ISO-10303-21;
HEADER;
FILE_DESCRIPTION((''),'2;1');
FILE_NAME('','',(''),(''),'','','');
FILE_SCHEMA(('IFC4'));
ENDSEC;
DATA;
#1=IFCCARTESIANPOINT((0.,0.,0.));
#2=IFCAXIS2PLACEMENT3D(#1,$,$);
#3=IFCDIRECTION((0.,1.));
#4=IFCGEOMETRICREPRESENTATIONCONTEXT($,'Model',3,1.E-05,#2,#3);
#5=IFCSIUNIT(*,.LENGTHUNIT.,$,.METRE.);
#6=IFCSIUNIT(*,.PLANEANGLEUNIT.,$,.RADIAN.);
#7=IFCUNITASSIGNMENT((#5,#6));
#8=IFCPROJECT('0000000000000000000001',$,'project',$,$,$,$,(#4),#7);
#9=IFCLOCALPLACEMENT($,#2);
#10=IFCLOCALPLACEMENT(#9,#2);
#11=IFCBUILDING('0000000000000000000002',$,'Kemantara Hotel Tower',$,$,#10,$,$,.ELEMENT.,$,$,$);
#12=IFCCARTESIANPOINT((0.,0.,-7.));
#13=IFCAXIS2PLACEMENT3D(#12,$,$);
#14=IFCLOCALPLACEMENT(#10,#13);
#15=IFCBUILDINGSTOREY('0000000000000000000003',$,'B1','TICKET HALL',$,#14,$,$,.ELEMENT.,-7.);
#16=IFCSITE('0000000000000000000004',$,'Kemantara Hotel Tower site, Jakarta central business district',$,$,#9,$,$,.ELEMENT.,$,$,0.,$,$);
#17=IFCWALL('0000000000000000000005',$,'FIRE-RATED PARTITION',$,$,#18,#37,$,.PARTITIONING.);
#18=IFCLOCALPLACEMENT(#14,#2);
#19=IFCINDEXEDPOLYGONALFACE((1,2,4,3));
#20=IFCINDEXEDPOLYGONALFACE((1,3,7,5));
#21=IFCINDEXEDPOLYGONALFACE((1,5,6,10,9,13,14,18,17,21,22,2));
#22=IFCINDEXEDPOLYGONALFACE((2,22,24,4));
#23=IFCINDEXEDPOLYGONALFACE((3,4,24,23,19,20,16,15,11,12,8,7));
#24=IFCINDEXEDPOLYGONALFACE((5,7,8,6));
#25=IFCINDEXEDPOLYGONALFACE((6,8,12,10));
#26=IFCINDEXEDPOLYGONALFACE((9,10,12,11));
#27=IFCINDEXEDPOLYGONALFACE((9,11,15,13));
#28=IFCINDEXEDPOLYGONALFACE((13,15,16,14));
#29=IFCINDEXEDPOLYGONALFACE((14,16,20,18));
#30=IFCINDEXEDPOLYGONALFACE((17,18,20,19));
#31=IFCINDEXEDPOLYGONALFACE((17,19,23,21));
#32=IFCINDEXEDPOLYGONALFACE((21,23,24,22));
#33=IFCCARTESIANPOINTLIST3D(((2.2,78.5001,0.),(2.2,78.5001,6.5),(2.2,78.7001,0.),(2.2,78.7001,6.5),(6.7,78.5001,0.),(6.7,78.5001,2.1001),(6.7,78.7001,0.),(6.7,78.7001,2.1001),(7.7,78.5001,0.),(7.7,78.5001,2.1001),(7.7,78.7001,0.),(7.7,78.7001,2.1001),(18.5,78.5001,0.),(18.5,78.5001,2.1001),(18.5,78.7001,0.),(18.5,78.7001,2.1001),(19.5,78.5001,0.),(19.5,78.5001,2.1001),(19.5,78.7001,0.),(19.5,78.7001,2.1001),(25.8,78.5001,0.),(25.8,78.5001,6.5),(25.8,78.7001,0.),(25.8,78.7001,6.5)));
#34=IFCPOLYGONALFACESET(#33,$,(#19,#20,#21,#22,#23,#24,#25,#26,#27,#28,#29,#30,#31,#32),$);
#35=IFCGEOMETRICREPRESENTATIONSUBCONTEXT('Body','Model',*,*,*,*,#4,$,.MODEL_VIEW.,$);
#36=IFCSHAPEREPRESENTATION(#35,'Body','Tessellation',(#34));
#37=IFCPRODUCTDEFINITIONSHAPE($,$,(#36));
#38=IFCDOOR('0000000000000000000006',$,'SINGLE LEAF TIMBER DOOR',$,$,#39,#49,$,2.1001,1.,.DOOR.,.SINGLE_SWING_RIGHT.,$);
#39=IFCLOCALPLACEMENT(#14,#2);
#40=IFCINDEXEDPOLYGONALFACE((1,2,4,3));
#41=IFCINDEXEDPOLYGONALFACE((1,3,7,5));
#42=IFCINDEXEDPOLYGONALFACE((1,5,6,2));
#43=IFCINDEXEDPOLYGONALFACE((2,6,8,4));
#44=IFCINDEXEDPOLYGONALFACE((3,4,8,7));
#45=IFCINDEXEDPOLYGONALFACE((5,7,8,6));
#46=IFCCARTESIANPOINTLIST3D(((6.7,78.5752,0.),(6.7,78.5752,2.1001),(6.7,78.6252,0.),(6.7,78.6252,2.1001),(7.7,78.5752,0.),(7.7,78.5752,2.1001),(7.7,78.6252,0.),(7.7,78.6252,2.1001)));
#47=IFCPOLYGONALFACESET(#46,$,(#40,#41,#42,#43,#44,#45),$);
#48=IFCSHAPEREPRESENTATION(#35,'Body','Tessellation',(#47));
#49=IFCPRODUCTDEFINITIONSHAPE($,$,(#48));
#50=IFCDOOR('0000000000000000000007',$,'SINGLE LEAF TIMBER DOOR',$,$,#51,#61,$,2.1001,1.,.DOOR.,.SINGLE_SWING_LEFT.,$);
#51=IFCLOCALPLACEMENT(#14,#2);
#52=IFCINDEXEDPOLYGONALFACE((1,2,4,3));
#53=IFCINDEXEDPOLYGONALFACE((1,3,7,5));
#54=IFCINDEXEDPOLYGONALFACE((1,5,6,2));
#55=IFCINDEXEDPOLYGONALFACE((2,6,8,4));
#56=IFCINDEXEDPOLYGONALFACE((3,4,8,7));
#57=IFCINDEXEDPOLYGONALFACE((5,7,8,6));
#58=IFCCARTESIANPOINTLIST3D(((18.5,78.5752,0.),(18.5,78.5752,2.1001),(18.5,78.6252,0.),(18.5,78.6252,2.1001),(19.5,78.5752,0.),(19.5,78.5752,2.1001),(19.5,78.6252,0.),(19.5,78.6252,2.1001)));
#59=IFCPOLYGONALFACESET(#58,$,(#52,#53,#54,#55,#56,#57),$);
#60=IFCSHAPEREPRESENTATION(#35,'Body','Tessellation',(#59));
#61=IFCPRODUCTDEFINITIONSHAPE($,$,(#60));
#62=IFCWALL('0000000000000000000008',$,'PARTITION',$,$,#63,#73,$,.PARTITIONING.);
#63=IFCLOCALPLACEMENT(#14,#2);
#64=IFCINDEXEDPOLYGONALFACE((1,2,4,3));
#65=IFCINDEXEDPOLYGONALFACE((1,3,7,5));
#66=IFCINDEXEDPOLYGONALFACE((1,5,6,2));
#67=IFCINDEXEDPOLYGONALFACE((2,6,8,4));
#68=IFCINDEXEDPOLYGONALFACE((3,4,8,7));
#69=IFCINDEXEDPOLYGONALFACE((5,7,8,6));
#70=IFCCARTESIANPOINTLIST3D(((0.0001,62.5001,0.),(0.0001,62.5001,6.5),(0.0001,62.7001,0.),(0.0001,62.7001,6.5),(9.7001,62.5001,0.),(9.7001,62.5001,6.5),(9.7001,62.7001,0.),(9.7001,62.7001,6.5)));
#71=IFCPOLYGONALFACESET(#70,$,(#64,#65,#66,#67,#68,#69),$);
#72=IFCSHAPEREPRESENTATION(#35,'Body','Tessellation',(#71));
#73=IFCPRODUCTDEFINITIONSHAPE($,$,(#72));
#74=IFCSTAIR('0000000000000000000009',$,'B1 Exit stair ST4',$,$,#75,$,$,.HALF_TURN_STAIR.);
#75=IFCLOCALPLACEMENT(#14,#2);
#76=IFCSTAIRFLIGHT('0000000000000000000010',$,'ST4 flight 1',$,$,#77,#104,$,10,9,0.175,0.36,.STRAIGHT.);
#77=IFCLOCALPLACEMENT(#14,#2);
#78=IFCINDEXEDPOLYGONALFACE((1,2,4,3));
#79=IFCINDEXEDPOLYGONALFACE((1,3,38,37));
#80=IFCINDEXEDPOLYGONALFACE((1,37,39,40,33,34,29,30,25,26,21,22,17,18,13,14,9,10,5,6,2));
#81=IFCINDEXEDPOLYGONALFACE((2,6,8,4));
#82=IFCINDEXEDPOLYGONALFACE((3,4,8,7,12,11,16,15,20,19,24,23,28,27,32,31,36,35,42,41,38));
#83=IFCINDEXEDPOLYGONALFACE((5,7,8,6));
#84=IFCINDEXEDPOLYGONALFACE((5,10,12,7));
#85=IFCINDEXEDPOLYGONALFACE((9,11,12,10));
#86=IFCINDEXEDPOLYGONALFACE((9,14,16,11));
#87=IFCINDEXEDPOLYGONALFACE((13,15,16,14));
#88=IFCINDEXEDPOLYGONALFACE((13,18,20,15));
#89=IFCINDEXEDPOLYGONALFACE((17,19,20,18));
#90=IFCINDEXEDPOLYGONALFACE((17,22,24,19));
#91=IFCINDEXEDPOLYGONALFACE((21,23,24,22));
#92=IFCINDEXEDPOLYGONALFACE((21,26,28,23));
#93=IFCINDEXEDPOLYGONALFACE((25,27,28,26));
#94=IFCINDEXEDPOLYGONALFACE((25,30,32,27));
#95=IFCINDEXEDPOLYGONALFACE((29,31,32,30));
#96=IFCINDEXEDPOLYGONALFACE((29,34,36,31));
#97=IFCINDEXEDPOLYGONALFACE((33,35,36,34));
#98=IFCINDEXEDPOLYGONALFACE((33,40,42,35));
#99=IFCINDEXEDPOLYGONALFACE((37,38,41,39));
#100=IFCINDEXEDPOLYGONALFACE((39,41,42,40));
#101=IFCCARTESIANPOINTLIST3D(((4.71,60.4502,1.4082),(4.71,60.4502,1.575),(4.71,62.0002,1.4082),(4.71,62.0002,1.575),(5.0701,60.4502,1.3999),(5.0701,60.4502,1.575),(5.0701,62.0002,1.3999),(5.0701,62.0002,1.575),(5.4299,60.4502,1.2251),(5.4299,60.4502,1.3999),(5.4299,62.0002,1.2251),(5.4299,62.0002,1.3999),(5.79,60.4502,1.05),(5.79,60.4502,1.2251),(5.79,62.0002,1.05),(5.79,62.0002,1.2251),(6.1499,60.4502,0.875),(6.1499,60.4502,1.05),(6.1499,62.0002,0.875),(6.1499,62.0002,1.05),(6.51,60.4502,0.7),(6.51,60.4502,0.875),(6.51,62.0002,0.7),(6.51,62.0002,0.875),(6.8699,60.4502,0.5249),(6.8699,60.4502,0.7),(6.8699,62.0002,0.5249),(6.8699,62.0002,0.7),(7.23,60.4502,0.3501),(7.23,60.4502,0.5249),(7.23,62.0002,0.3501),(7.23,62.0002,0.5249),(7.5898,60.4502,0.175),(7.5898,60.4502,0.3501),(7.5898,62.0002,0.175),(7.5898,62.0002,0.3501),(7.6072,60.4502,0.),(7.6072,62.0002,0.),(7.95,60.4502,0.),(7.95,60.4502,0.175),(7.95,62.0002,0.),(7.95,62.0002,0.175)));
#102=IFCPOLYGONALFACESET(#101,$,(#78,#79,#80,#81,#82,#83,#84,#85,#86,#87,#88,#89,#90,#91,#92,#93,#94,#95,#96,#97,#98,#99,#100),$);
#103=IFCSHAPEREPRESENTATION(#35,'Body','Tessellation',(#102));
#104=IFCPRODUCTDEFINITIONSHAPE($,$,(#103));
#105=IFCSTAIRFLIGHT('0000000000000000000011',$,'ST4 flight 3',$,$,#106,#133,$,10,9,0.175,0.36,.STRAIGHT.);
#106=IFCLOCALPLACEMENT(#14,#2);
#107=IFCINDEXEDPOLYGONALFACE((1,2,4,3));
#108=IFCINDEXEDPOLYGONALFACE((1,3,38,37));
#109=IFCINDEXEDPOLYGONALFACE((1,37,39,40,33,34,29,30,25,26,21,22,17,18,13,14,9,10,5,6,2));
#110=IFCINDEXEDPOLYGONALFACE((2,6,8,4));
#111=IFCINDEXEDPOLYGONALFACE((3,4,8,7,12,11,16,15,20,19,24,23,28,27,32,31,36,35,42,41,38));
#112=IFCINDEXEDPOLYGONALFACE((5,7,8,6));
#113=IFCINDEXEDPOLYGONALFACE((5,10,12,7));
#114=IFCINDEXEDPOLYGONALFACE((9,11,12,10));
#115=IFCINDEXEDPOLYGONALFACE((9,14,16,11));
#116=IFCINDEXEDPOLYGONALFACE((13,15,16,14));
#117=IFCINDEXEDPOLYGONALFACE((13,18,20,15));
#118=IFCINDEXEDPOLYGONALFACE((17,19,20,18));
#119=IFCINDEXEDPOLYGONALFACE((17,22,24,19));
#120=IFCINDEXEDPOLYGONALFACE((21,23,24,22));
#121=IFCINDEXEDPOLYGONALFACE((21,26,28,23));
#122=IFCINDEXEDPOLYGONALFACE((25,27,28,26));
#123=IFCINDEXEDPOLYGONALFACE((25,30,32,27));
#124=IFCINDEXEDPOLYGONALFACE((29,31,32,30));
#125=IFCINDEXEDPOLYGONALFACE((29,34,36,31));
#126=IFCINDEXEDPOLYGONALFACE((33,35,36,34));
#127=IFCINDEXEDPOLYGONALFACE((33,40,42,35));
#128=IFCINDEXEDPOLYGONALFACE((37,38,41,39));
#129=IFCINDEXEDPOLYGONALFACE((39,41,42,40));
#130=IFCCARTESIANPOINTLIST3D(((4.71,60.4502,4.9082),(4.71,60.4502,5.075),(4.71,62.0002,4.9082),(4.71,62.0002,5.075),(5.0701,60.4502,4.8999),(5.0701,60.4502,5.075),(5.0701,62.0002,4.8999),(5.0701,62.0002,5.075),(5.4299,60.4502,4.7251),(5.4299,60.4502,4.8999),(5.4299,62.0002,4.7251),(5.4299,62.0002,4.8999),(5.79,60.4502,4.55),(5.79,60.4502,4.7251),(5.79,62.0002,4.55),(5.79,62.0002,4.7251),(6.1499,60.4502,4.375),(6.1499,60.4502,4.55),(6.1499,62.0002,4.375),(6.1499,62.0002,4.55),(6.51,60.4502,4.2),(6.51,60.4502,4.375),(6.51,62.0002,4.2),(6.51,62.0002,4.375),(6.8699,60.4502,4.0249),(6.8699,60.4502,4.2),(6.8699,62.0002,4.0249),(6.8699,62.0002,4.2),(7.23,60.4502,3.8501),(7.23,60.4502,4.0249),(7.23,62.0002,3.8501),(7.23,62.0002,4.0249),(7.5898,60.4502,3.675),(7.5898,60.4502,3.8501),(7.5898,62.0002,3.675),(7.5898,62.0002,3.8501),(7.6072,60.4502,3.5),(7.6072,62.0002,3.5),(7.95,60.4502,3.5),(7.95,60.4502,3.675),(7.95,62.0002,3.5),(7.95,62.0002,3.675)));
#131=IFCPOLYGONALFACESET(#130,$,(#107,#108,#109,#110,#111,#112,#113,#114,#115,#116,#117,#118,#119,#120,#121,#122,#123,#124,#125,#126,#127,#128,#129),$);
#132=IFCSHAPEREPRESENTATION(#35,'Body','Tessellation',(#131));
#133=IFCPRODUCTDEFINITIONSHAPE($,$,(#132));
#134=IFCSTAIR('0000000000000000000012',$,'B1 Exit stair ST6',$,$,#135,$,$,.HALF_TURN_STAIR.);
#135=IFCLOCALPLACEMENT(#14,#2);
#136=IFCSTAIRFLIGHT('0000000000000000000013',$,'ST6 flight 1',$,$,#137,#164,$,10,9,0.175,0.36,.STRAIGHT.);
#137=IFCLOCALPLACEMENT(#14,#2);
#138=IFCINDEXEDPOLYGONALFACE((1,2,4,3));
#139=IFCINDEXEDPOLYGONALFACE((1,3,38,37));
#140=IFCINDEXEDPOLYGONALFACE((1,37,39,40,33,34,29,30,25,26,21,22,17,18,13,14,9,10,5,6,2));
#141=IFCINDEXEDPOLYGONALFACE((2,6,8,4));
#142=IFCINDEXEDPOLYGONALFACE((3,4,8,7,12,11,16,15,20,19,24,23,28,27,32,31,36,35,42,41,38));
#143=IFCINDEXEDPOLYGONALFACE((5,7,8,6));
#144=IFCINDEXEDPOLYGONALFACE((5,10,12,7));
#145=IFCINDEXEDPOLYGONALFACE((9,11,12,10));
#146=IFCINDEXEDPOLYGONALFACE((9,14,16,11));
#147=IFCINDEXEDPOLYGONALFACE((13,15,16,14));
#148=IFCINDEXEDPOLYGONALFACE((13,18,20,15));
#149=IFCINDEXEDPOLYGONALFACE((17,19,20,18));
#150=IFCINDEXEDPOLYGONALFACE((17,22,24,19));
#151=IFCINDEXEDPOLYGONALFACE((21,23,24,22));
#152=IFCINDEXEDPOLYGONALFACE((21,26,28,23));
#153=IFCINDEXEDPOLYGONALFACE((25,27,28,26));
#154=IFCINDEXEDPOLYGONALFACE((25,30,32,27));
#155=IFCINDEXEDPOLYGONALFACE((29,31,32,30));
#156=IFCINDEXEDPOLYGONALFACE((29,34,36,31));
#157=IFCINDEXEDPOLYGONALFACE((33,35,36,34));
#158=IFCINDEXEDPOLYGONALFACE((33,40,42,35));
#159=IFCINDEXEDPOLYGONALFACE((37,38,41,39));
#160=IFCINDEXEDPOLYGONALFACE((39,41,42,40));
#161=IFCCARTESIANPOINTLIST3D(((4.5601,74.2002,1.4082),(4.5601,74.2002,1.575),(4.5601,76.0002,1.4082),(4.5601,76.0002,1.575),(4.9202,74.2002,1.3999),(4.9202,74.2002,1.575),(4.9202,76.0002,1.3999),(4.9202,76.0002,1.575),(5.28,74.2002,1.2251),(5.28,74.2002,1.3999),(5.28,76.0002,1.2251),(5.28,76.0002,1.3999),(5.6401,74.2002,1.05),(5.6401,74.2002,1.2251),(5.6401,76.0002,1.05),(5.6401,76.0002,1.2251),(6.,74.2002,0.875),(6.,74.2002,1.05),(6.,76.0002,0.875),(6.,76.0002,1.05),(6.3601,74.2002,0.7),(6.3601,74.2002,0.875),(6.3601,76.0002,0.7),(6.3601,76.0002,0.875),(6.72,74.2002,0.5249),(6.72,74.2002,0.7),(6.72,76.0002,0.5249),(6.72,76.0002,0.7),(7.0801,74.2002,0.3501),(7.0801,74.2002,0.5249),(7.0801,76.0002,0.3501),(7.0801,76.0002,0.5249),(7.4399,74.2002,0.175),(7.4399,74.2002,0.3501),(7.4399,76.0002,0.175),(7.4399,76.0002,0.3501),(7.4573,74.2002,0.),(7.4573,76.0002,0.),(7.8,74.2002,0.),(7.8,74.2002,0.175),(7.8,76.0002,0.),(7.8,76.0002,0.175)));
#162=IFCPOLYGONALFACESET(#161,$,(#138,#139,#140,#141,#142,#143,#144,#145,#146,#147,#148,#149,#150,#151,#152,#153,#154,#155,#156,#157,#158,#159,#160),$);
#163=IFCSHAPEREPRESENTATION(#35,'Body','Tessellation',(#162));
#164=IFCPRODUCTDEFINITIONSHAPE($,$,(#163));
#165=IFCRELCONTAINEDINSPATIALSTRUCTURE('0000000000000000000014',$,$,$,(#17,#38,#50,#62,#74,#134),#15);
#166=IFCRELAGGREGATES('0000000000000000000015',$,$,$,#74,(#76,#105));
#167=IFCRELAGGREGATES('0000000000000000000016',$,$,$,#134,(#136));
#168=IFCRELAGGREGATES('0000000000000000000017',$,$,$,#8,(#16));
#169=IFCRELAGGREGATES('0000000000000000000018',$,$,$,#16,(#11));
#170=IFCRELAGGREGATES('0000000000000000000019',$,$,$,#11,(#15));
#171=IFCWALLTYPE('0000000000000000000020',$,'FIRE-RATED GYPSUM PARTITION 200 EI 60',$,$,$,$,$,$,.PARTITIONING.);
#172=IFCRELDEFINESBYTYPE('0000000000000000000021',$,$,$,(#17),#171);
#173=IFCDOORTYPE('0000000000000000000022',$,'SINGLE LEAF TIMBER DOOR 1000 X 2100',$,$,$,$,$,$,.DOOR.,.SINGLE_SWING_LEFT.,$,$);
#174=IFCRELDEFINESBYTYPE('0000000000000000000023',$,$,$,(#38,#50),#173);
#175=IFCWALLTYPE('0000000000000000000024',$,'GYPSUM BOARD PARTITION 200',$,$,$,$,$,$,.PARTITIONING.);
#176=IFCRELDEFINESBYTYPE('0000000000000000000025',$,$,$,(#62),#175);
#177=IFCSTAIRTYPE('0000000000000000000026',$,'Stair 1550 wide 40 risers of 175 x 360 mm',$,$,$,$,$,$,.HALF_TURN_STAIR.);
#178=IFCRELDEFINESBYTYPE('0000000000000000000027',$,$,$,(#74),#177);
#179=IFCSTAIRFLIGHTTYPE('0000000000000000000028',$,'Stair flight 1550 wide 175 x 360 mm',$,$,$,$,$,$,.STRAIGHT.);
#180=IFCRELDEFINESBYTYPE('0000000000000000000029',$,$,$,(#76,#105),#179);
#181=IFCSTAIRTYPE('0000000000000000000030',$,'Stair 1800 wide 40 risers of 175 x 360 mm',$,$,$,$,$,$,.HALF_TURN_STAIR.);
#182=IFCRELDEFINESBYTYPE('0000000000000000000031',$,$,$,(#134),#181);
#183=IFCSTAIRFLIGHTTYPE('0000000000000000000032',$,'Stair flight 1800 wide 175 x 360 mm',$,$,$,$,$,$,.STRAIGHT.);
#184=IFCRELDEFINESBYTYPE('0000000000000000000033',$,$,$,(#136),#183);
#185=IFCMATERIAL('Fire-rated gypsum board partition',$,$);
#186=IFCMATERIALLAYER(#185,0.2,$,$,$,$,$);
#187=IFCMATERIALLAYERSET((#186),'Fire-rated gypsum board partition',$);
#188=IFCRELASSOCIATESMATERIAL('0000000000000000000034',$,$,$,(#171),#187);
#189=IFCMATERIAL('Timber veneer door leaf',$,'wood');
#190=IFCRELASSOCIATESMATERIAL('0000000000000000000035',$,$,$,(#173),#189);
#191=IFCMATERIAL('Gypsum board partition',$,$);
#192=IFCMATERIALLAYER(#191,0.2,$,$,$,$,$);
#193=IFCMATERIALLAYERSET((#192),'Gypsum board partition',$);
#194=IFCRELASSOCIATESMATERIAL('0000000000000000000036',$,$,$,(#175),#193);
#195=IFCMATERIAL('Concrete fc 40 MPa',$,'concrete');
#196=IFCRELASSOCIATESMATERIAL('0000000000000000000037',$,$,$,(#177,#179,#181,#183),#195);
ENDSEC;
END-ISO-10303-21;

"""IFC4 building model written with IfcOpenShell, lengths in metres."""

from ifc_helpers import new_model, si_unit, direction, frame, frame_2d, origin, place, context, subcontext, project, spatial, polyline, rectangle, outline, extrude, material, layer, layer_set, type_object, element, fill, aggregate, save


model = new_model("IFC4")

# Units and contexts
model_context = context("Model", 3, precision=1e-05, world=origin(), true_north=direction((0.0, 1.0)))
body_context = subcontext(model_context, "Body", "Model", "MODEL_VIEW")
ifc_project = project(units=[si_unit("LENGTHUNIT", "METRE"), si_unit("PLANEANGLEUNIT", "RADIAN")], contexts=[model_context])

# Site, building, storey
site_placement = place(None, origin())
site = spatial("IfcSite", under=ifc_project, at=site_placement, Name="Kemantara Hotel Tower site, Jakarta central business district", CompositionType="ELEMENT", RefElevation=0.0)
building_placement = place(site_placement, origin())
building = spatial("IfcBuilding", under=site, at=building_placement, Name="Kemantara Hotel Tower", CompositionType="ELEMENT")
storey_placement = place(building_placement, frame((0.0, 0.0, -7.0)))
storey = spatial("IfcBuildingStorey", under=building, at=storey_placement, Name="B1", Description="TICKET HALL", CompositionType="ELEMENT", Elevation=-7.0)

# Shared definitions
ifc_material_1 = material(Name="Concrete fc 40 MPa", Category="concrete")

# Wall, openings, doors
ifc_material_2 = material(Name="Fire-rated gypsum board partition")
ifc_layer_1 = layer(ifc_material_2, 0.2)
ifc_layer_set_1 = layer_set([ifc_layer_1], Name="Fire-rated gypsum board partition")
wall_type_1 = type_object("IfcWallType", Name="FIRE-RATED GYPSUM PARTITION 200 EI 60", PredefinedType="PARTITIONING", material=ifc_layer_set_1)
wall_1_placement = place(storey_placement, frame((2.2, 78.6001, 0.0), z_axis=(0.0, 0.0, 1.0), x_axis=(1.0, 0.0, 0.0)))
wall_1 = element("IfcWall", 1, at=wall_1_placement, inside=storey, type_object=wall_type_1, Name="FIRE-RATED PARTITION", PredefinedType="PARTITIONING", context=body_context, shape_type="SweptSolid", body=[
    extrude(rectangle(XDim=23.6001, YDim=0.2, at=frame_2d((11.8, 0.0))), origin(), (0.0, 0.0, 1.0), 6.5),
])
opening_1_placement = place(wall_1_placement, frame((4.5, 0.0, 0.0)))
opening_1 = element("IfcOpeningElement", 2, at=opening_1_placement, cuts=wall_1, PredefinedType="OPENING", context=body_context, shape_type="SweptSolid", body=[
    extrude(rectangle(XDim=1.0, YDim=2.1001, at=frame_2d((0.5, 1.05))), frame((0.0, 0.1099, 0.0), z_axis=(0.0, -1.0, 0.0), x_axis=(1.0, 0.0, 0.0)), (0.0, 0.0, 1.0), 0.22),
])
opening_2_placement = place(wall_1_placement, frame((16.3, 0.0, 0.0)))
opening_2 = element("IfcOpeningElement", 3, at=opening_2_placement, cuts=wall_1, PredefinedType="OPENING", context=body_context, shape_type="SweptSolid", body=[
    extrude(rectangle(XDim=1.0, YDim=2.1001, at=frame_2d((0.5, 1.05))), frame((0.0, 0.1099, 0.0), z_axis=(0.0, -1.0, 0.0), x_axis=(1.0, 0.0, 0.0)), (0.0, 0.0, 1.0), 0.22),
])
ifc_material_3 = material(Name="Timber veneer door leaf", Category="wood")
door_type = type_object("IfcDoorType", Name="SINGLE LEAF TIMBER DOOR 1000 X 2100", OperationType="SINGLE_SWING_LEFT", PredefinedType="DOOR", material=ifc_material_3)
door_1_placement = place(opening_1_placement, frame((1.0, 0.0, 0.0), z_axis=(0.0, 0.0, 1.0), x_axis=(-1.0, 0.0, 0.0)))
door_1 = element("IfcDoor", 4, at=door_1_placement, inside=storey, type_object=door_type, Name="SINGLE LEAF TIMBER DOOR", OperationType="SINGLE_SWING_RIGHT", OverallHeight=2.1001, OverallWidth=1.0, PredefinedType="DOOR", context=body_context, shape_type="SweptSolid", body=[
    extrude(rectangle(XDim=1.0, YDim=2.1001, at=frame_2d((0.5, 1.05))), frame((0.0, 0.0249, 0.0), z_axis=(0.0, -1.0, 0.0), x_axis=(1.0, 0.0, 0.0)), (0.0, 0.0, 1.0), 0.05),
])
fill(opening_1, door_1)
door_2_placement = place(opening_2_placement, frame((1.0, 0.0, 0.0), z_axis=(0.0, 0.0, 1.0), x_axis=(-1.0, 0.0, 0.0)))
door_2 = element("IfcDoor", 5, at=door_2_placement, inside=storey, type_object=door_type, Name="SINGLE LEAF TIMBER DOOR", OperationType="SINGLE_SWING_LEFT", OverallHeight=2.1001, OverallWidth=1.0, PredefinedType="DOOR", context=body_context, shape_type="SweptSolid", body=[
    extrude(rectangle(XDim=1.0, YDim=2.1001, at=frame_2d((0.5, 1.05))), frame((0.0, 0.0249, 0.0), z_axis=(0.0, -1.0, 0.0), x_axis=(1.0, 0.0, 0.0)), (0.0, 0.0, 1.0), 0.05),
])
fill(opening_2, door_2)

# Wall
ifc_material_4 = material(Name="Gypsum board partition")
ifc_layer_2 = layer(ifc_material_4, 0.2)
ifc_layer_set_2 = layer_set([ifc_layer_2], Name="Gypsum board partition")
wall_type_2 = type_object("IfcWallType", Name="GYPSUM BOARD PARTITION 200", PredefinedType="PARTITIONING", material=ifc_layer_set_2)
wall_2_placement = place(storey_placement, frame((0.0, 62.6001, 0.0), z_axis=(0.0, 0.0, 1.0), x_axis=(1.0, 0.0, 0.0)))
element("IfcWall", 6, at=wall_2_placement, inside=storey, type_object=wall_type_2, Name="PARTITION", PredefinedType="PARTITIONING", context=body_context, shape_type="SweptSolid", body=[
    extrude(rectangle(XDim=9.7, YDim=0.2, at=frame_2d((4.8501, 0.0))), origin(), (0.0, 0.0, 1.0), 6.5),
])

# Stairs, stair flights
stair_type_1 = type_object("IfcStairType", Name="Stair 1550 wide 40 risers of 175 x 360 mm", PredefinedType="HALF_TURN_STAIR", material=ifc_material_1)
stair_1_placement = place(storey_placement, origin())
stair_1 = element("IfcStair", 7, at=stair_1_placement, inside=storey, type_object=stair_type_1, Name="B1 Exit stair ST4", PredefinedType="HALF_TURN_STAIR")
stair_flight_type_1 = type_object("IfcStairFlightType", Name="Stair flight 1550 wide 175 x 360 mm", PredefinedType="STRAIGHT", material=ifc_material_1)
stair_flight_1_placement = place(storey_placement, frame((7.95, 61.2251, 0.0), z_axis=(0.0, 0.0, 1.0), x_axis=(-1.0, 0.0, 0.0)))
stair_flight_1 = element("IfcStairFlight", 8, at=stair_flight_1_placement, type_object=stair_flight_type_1, Name="ST4 flight 1", NumberOfRisers=10, NumberOfTreads=9, PredefinedType="STRAIGHT", RiserHeight=0.175, TreadLength=0.36, context=body_context, shape_type="SweptSolid", body=[
    extrude(outline(polyline([(0.0, 0.0), (0.0, 0.175), (0.3601, 0.175), (0.3601, 0.3501), (0.72, 0.3501), (0.72, 0.5249), (1.0801, 0.5249), (1.0801, 0.7), (1.4399, 0.7), (1.4399, 0.875), (1.8, 0.875), (1.8, 1.05), (2.1599, 1.05), (2.1599, 1.2251), (2.52, 1.2251), (2.52, 1.3999), (2.8799, 1.3999), (2.8799, 1.575), (3.24, 1.575), (3.24, 1.75), (3.24, 1.4082), (0.3428, 0.0), (0.0, 0.0)])), frame((0.0, 0.7749, 0.0), z_axis=(0.0, -1.0, 0.0), x_axis=(1.0, 0.0, 0.0)), (0.0, 0.0, 1.0), 1.55),
])
stair_flight_2_placement = place(storey_placement, frame((7.95, 61.2251, 3.5), z_axis=(0.0, 0.0, 1.0), x_axis=(-1.0, 0.0, 0.0)))
stair_flight_2 = element("IfcStairFlight", 9, at=stair_flight_2_placement, type_object=stair_flight_type_1, Name="ST4 flight 3", NumberOfRisers=10, NumberOfTreads=9, PredefinedType="STRAIGHT", RiserHeight=0.175, TreadLength=0.36, context=body_context, shape_type="SweptSolid", body=[
    extrude(outline(polyline([(0.0, 0.0), (0.0, 0.175), (0.3601, 0.175), (0.3601, 0.3501), (0.72, 0.3501), (0.72, 0.5249), (1.0801, 0.5249), (1.0801, 0.7), (1.4399, 0.7), (1.4399, 0.875), (1.8, 0.875), (1.8, 1.05), (2.1599, 1.05), (2.1599, 1.2251), (2.52, 1.2251), (2.52, 1.3999), (2.8799, 1.3999), (2.8799, 1.575), (3.24, 1.575), (3.24, 1.75), (3.24, 1.4082), (0.3428, 0.0), (0.0, 0.0)])), frame((0.0, 0.7749, 0.0), z_axis=(0.0, -1.0, 0.0), x_axis=(1.0, 0.0, 0.0)), (0.0, 0.0, 1.0), 1.55),
])
aggregate(stair_1, [stair_flight_1, stair_flight_2])
stair_type_2 = type_object("IfcStairType", Name="Stair 1800 wide 40 risers of 175 x 360 mm", PredefinedType="HALF_TURN_STAIR", material=ifc_material_1)
stair_2_placement = place(storey_placement, origin())
stair_2 = element("IfcStair", 10, at=stair_2_placement, inside=storey, type_object=stair_type_2, Name="B1 Exit stair ST6", PredefinedType="HALF_TURN_STAIR")
stair_flight_type_2 = type_object("IfcStairFlightType", Name="Stair flight 1800 wide 175 x 360 mm", PredefinedType="STRAIGHT", material=ifc_material_1)
stair_flight_3_placement = place(storey_placement, frame((7.8, 75.1001, 0.0), z_axis=(0.0, 0.0, 1.0), x_axis=(-1.0, 0.0, 0.0)))
stair_flight_3 = element("IfcStairFlight", 11, at=stair_flight_3_placement, type_object=stair_flight_type_2, Name="ST6 flight 1", NumberOfRisers=10, NumberOfTreads=9, PredefinedType="STRAIGHT", RiserHeight=0.175, TreadLength=0.36, context=body_context, shape_type="SweptSolid", body=[
    extrude(outline(polyline([(0.0, 0.0), (0.0, 0.175), (0.3601, 0.175), (0.3601, 0.3501), (0.72, 0.3501), (0.72, 0.5249), (1.0801, 0.5249), (1.0801, 0.7), (1.4399, 0.7), (1.4399, 0.875), (1.8, 0.875), (1.8, 1.05), (2.1599, 1.05), (2.1599, 1.2251), (2.52, 1.2251), (2.52, 1.3999), (2.8799, 1.3999), (2.8799, 1.575), (3.24, 1.575), (3.24, 1.75), (3.24, 1.4082), (0.3428, 0.0), (0.0, 0.0)])), frame((0.0, 0.8999, 0.0), z_axis=(0.0, -1.0, 0.0), x_axis=(1.0, 0.0, 0.0)), (0.0, 0.0, 1.0), 1.8),
])
aggregate(stair_2, [stair_flight_3])

save(model, "model.ifc")
